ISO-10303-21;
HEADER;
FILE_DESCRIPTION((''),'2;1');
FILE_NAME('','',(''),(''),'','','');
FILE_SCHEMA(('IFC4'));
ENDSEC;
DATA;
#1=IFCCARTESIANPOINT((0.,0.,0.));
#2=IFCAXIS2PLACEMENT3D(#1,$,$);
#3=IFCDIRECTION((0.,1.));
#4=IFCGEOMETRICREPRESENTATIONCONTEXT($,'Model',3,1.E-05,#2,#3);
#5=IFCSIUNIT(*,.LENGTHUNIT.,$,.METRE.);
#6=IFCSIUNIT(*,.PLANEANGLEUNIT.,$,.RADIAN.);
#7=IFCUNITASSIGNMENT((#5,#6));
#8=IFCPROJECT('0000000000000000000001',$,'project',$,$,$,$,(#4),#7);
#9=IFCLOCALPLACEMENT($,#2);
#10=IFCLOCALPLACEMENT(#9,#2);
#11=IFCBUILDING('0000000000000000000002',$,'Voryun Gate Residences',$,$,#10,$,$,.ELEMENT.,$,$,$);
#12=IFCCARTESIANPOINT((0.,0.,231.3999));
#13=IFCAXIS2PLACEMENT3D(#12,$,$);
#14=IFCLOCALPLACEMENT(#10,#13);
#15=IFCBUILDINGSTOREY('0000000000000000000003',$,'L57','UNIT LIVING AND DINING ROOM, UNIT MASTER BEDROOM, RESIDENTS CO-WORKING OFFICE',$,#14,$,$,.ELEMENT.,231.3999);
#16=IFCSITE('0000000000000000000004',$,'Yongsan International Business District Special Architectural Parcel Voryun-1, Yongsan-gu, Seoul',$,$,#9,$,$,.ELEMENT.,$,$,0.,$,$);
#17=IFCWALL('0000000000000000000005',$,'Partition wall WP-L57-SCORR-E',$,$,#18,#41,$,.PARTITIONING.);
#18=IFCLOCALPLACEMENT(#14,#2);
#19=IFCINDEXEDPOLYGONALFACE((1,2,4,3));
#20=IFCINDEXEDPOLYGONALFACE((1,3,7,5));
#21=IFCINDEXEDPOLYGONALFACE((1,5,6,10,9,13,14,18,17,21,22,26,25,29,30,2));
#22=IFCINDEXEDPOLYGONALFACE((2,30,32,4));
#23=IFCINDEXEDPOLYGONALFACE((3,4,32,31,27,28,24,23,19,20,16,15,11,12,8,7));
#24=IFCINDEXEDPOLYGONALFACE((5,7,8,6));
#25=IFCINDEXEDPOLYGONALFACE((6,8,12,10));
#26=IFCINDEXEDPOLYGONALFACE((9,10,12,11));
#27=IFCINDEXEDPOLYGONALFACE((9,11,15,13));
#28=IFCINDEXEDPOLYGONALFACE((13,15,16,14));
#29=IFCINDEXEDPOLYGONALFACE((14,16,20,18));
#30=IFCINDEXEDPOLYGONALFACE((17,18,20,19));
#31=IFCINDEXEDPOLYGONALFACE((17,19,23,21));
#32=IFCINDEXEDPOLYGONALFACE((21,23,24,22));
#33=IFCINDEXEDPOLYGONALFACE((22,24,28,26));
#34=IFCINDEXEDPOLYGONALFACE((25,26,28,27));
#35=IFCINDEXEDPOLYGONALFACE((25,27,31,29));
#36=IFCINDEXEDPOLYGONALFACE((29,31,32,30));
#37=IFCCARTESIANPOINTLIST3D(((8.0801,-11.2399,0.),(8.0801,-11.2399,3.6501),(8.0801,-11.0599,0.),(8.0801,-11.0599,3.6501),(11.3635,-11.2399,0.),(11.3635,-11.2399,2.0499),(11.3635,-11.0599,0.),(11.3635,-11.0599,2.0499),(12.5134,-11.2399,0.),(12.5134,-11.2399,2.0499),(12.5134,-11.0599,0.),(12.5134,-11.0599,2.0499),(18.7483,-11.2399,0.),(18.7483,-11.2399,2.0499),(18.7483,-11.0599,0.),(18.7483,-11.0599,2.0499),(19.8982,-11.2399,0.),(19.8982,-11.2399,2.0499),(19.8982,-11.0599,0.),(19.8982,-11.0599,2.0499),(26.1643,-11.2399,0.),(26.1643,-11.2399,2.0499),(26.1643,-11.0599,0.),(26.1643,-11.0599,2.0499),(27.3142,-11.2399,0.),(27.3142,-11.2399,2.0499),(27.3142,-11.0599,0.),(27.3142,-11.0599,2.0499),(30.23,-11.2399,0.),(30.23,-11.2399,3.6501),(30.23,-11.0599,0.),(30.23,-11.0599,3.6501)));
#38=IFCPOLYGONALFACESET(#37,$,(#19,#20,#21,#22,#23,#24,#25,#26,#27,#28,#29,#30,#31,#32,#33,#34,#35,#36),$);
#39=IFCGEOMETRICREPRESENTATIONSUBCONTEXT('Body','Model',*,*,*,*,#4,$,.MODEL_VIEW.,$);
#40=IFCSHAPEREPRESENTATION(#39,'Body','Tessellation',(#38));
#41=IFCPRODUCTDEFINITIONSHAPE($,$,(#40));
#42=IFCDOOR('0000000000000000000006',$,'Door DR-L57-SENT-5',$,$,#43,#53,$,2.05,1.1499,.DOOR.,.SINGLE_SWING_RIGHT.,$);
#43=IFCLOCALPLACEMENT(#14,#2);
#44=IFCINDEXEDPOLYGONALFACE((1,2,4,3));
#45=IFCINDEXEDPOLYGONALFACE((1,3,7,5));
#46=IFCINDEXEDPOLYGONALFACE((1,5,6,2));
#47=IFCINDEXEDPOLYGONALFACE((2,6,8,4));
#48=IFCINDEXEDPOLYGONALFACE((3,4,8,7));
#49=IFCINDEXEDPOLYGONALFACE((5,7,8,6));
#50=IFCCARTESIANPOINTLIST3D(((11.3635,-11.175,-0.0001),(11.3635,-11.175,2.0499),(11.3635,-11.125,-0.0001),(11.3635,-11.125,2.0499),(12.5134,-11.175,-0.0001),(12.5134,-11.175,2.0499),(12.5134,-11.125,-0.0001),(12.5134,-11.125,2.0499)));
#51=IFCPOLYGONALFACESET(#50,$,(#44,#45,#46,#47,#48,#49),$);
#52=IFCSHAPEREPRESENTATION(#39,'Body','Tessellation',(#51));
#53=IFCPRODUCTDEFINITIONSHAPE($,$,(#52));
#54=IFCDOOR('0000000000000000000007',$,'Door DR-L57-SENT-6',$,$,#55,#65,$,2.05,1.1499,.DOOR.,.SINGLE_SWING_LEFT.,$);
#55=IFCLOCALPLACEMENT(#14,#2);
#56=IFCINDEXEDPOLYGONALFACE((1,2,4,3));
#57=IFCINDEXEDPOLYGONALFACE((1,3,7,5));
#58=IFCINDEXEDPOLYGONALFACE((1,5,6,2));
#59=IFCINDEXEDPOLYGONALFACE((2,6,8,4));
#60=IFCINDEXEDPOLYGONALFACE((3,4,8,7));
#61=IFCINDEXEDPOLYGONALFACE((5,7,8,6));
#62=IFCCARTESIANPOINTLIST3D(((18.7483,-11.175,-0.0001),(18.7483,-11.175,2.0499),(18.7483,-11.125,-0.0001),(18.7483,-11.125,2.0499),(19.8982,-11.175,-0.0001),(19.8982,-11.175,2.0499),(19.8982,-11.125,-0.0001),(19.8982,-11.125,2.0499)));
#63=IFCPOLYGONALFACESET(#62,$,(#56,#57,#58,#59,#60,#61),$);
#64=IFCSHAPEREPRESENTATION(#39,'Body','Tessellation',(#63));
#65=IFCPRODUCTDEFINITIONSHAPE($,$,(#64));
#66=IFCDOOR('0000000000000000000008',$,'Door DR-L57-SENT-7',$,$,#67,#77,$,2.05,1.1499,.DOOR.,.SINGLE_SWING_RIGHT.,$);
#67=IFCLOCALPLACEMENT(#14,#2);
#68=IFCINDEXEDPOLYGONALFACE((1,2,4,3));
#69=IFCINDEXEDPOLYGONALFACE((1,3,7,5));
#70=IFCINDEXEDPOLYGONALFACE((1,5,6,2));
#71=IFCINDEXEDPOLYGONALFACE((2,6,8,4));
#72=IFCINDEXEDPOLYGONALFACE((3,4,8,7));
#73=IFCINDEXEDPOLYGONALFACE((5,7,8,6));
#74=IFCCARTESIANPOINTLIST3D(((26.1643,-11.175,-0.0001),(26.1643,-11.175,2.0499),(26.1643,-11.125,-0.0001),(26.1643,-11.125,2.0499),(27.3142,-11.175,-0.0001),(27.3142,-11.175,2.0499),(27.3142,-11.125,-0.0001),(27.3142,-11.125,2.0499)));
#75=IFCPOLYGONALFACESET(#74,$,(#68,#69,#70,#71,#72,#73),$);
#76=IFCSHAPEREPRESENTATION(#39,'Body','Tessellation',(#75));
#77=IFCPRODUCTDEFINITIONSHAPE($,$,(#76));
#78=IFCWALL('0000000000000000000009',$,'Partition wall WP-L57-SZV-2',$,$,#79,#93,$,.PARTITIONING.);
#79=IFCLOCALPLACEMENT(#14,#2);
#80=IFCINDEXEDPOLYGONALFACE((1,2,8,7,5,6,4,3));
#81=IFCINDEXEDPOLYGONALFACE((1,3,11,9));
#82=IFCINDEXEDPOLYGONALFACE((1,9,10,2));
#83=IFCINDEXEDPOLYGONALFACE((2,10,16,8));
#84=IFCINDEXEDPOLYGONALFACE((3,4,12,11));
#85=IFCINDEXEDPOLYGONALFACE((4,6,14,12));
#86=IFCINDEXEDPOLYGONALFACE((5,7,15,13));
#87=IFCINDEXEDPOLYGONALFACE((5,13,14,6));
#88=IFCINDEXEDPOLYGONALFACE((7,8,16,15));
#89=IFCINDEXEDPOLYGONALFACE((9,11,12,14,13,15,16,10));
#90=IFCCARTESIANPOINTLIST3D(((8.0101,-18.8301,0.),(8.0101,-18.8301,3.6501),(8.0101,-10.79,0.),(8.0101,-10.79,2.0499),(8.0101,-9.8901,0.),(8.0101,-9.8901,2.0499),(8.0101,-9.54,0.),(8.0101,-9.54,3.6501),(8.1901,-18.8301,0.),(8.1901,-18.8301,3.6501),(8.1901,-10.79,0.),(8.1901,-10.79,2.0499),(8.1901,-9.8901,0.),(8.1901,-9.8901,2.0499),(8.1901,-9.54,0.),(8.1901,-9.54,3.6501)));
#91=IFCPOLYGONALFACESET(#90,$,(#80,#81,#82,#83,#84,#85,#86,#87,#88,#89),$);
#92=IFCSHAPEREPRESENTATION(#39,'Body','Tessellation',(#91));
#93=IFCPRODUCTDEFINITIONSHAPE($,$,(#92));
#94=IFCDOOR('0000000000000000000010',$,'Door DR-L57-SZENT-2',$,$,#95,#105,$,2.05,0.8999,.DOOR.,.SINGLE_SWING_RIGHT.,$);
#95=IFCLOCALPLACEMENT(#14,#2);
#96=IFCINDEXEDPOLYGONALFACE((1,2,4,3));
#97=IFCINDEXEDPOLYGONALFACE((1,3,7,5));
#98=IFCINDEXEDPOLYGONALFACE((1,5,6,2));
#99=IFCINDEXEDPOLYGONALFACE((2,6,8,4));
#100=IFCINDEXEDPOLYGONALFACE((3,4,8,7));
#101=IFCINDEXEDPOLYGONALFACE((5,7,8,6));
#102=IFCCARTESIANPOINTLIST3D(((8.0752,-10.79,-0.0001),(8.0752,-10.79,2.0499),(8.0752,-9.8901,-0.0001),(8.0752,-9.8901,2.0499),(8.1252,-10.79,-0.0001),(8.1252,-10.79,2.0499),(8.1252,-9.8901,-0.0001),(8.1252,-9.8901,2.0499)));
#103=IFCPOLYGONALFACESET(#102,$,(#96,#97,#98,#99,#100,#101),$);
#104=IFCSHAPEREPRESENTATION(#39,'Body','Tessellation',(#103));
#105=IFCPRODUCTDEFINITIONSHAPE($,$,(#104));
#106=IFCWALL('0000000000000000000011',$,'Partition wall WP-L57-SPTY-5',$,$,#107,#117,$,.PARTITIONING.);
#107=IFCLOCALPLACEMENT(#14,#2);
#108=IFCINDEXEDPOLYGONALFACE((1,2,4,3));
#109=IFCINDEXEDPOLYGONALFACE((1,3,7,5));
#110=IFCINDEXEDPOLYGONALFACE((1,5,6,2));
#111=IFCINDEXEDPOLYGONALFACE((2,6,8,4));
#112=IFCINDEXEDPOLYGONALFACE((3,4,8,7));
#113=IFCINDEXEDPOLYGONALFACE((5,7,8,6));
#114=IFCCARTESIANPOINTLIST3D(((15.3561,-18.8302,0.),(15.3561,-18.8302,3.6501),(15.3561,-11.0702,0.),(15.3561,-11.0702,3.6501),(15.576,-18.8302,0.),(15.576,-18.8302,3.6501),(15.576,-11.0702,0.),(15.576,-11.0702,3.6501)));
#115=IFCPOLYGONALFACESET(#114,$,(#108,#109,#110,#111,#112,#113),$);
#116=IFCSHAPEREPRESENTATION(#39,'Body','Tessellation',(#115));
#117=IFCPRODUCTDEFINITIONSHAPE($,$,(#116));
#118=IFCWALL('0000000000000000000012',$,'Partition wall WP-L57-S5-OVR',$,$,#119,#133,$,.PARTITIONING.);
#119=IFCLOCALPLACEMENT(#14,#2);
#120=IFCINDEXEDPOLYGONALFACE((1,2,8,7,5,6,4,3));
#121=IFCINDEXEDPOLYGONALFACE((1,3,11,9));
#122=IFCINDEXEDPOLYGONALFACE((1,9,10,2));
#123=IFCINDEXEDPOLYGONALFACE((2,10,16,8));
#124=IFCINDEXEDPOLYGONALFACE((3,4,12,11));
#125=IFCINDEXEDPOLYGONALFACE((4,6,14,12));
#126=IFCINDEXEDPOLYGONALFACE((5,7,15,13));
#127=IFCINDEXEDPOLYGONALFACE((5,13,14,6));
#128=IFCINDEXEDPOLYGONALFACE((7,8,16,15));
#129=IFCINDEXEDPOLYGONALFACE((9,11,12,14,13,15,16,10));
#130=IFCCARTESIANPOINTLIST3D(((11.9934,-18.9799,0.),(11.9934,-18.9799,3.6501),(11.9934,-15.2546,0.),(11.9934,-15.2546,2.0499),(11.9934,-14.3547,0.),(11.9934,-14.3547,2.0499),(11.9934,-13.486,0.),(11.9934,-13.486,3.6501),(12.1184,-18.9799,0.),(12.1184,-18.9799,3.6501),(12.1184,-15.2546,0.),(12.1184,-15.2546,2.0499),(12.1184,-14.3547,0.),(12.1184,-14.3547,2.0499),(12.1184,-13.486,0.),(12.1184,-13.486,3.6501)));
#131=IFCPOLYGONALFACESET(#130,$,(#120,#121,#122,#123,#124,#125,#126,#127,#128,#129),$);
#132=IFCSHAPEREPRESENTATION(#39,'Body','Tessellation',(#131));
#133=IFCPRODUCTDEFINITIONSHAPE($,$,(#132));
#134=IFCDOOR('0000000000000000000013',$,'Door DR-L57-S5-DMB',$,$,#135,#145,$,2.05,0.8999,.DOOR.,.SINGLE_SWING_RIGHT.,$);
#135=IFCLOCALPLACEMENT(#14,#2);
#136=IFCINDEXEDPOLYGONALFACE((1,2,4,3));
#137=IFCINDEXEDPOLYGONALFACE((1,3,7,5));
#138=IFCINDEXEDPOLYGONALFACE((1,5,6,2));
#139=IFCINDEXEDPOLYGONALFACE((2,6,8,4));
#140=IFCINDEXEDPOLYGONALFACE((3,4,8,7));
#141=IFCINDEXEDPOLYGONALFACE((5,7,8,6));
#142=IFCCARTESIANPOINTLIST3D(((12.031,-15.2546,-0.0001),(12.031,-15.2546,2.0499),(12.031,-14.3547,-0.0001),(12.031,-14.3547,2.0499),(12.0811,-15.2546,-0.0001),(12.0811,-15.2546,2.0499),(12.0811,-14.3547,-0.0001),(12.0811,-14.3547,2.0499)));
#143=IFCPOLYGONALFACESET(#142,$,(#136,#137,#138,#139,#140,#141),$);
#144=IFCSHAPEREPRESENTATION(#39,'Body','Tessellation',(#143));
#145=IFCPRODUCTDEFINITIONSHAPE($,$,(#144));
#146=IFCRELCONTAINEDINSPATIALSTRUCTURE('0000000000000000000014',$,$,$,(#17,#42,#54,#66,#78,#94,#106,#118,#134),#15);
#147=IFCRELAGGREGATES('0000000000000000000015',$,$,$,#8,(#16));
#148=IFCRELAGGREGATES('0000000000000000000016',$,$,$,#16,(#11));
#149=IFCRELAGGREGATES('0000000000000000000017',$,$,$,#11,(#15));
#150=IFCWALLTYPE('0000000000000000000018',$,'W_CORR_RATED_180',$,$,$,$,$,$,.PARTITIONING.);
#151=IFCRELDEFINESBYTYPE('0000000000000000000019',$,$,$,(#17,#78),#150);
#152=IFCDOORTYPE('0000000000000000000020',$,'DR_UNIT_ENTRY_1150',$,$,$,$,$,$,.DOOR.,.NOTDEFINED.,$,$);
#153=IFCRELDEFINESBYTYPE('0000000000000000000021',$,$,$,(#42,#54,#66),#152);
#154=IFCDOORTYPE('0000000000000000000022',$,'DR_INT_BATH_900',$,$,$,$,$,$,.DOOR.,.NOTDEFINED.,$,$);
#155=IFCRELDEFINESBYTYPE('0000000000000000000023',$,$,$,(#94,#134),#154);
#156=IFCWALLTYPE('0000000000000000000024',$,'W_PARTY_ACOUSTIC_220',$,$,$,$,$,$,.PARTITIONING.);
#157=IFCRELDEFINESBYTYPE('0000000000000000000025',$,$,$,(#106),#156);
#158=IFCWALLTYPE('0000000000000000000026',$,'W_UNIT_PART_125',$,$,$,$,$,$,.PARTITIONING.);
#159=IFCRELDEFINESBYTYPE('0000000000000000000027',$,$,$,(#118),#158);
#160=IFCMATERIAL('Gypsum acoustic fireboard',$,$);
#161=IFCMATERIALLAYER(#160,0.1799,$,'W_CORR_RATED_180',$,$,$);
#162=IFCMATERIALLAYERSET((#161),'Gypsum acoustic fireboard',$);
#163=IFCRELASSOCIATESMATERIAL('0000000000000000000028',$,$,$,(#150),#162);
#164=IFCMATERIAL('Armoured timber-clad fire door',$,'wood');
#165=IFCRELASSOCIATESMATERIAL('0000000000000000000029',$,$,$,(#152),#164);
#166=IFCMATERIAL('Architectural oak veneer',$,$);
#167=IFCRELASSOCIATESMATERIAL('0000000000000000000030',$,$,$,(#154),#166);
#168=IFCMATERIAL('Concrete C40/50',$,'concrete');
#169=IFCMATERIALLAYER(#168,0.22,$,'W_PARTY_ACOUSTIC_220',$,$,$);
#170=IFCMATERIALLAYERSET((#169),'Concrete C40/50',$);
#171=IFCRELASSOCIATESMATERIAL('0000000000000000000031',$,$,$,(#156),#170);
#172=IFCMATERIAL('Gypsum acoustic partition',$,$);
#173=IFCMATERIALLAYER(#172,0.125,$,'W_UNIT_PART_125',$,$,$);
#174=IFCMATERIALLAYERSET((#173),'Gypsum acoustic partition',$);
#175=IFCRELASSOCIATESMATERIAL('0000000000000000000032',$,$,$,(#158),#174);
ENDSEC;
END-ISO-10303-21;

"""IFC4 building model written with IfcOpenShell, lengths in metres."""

from ifc_helpers import new_model, si_unit, direction, frame, frame_2d, origin, place, context, subcontext, project, spatial, rectangle, extrude, material, layer, layer_set, type_object, element, fill, save


model = new_model("IFC4")

# Units and contexts
model_context = context("Model", 3, precision=1e-05, world=origin(), true_north=direction((0.0, 1.0)))
body_context = subcontext(model_context, "Body", "Model", "MODEL_VIEW")
ifc_project = project(units=[si_unit("LENGTHUNIT", "METRE"), si_unit("PLANEANGLEUNIT", "RADIAN")], contexts=[model_context])

# Site, building, storey
site_placement = place(None, origin())
site = spatial("IfcSite", under=ifc_project, at=site_placement, Name="Yongsan International Business District Special Architectural Parcel Voryun-1, Yongsan-gu, Seoul", CompositionType="ELEMENT", RefElevation=0.0)
building_placement = place(site_placement, origin())
building = spatial("IfcBuilding", under=site, at=building_placement, Name="Voryun Gate Residences", CompositionType="ELEMENT")
storey_placement = place(building_placement, frame((0.0, 0.0, 231.3999)))
storey = spatial("IfcBuildingStorey", under=building, at=storey_placement, Name="L57", Description="UNIT LIVING AND DINING ROOM, UNIT MASTER BEDROOM, RESIDENTS CO-WORKING OFFICE", CompositionType="ELEMENT", Elevation=231.3999)

# Shared definitions
ifc_material_1 = material(Name="Gypsum acoustic fireboard")
ifc_layer_1 = layer(ifc_material_1, 0.1799, Name="W_CORR_RATED_180")
ifc_layer_set_1 = layer_set([ifc_layer_1], Name="Gypsum acoustic fireboard")
wall_type_1 = type_object("IfcWallType", Name="W_CORR_RATED_180", PredefinedType="PARTITIONING", material=ifc_layer_set_1)

# Wall, openings, doors
wall_1_placement = place(storey_placement, frame((8.0801, -11.1499, 0.0), z_axis=(0.0, 0.0, 1.0), x_axis=(1.0, 0.0, 0.0)))
wall_1 = element("IfcWall", 1, at=wall_1_placement, inside=storey, type_object=wall_type_1, Name="Partition wall WP-L57-SCORR-E", PredefinedType="PARTITIONING", context=body_context, shape_type="SweptSolid", body=[
    extrude(rectangle(XDim=22.1499, YDim=0.1799, at=frame_2d((11.075, 0.0))), origin(), (0.0, 0.0, 1.0), 3.6501),
])
opening_1_placement = place(wall_1_placement, frame((3.2834, 0.0, 0.0)))
opening_1 = element("IfcOpeningElement", 2, at=opening_1_placement, cuts=wall_1, PredefinedType="OPENING", context=body_context, shape_type="SweptSolid", body=[
    extrude(rectangle(XDim=1.1499, YDim=2.05, at=frame_2d((0.575, 1.0249))), frame((0.0, 0.0999, 0.0), z_axis=(0.0, -1.0, 0.0), x_axis=(1.0, 0.0, 0.0)), (0.0, 0.0, 1.0), 0.2),
])
opening_2_placement = place(wall_1_placement, frame((10.6682, 0.0, 0.0)))
opening_2 = element("IfcOpeningElement", 3, at=opening_2_placement, cuts=wall_1, PredefinedType="OPENING", context=body_context, shape_type="SweptSolid", body=[
    extrude(rectangle(XDim=1.1499, YDim=2.05, at=frame_2d((0.575, 1.0249))), frame((0.0, 0.0999, 0.0), z_axis=(0.0, -1.0, 0.0), x_axis=(1.0, 0.0, 0.0)), (0.0, 0.0, 1.0), 0.2),
])
opening_3_placement = place(wall_1_placement, frame((18.0842, 0.0, 0.0)))
opening_3 = element("IfcOpeningElement", 4, at=opening_3_placement, cuts=wall_1, PredefinedType="OPENING", context=body_context, shape_type="SweptSolid", body=[
    extrude(rectangle(XDim=1.1499, YDim=2.05, at=frame_2d((0.575, 1.0249))), frame((0.0, 0.0999, 0.0), z_axis=(0.0, -1.0, 0.0), x_axis=(1.0, 0.0, 0.0)), (0.0, 0.0, 1.0), 0.2),
])
ifc_material_2 = material(Name="Armoured timber-clad fire door", Category="wood")
door_type_1 = type_object("IfcDoorType", Name="DR_UNIT_ENTRY_1150", OperationType="NOTDEFINED", PredefinedType="DOOR", material=ifc_material_2)
door_1_placement = place(opening_1_placement, origin())
door_1 = element("IfcDoor", 5, at=door_1_placement, inside=storey, type_object=door_type_1, Name="Door DR-L57-SENT-5", OperationType="SINGLE_SWING_RIGHT", OverallHeight=2.05, OverallWidth=1.1499, PredefinedType="DOOR", context=body_context, shape_type="SweptSolid", body=[
    extrude(rectangle(XDim=1.1499, YDim=2.05, at=frame_2d((0.575, 1.0249))), frame((0.0, 0.0249, 0.0), z_axis=(0.0, -1.0, 0.0), x_axis=(1.0, 0.0, 0.0)), (0.0, 0.0, 1.0), 0.05),
])
fill(opening_1, door_1)
door_2_placement = place(opening_2_placement, origin())
door_2 = element("IfcDoor", 6, at=door_2_placement, inside=storey, type_object=door_type_1, Name="Door DR-L57-SENT-6", OperationType="SINGLE_SWING_LEFT", OverallHeight=2.05, OverallWidth=1.1499, PredefinedType="DOOR", context=body_context, shape_type="SweptSolid", body=[
    extrude(rectangle(XDim=1.1499, YDim=2.05, at=frame_2d((0.575, 1.0249))), frame((0.0, 0.0249, 0.0), z_axis=(0.0, -1.0, 0.0), x_axis=(1.0, 0.0, 0.0)), (0.0, 0.0, 1.0), 0.05),
])
fill(opening_2, door_2)
door_3_placement = place(opening_3_placement, origin())
door_3 = element("IfcDoor", 7, at=door_3_placement, inside=storey, type_object=door_type_1, Name="Door DR-L57-SENT-7", OperationType="SINGLE_SWING_RIGHT", OverallHeight=2.05, OverallWidth=1.1499, PredefinedType="DOOR", context=body_context, shape_type="SweptSolid", body=[
    extrude(rectangle(XDim=1.1499, YDim=2.05, at=frame_2d((0.575, 1.0249))), frame((0.0, 0.0249, 0.0), z_axis=(0.0, -1.0, 0.0), x_axis=(1.0, 0.0, 0.0)), (0.0, 0.0, 1.0), 0.05),
])
fill(opening_3, door_3)

# Wall, opening, door
wall_2_placement = place(storey_placement, frame((8.1001, -18.8301, 0.0), z_axis=(0.0, 0.0, 1.0), x_axis=(0.0, 1.0, 0.0)))
wall_2 = element("IfcWall", 8, at=wall_2_placement, inside=storey, type_object=wall_type_1, Name="Partition wall WP-L57-SZV-2", PredefinedType="PARTITIONING", context=body_context, shape_type="SweptSolid", body=[
    extrude(rectangle(XDim=9.29, YDim=0.1799, at=frame_2d((4.645, 0.0))), origin(), (0.0, 0.0, 1.0), 3.6501),
])
opening_4_placement = place(wall_2_placement, frame((8.04, 0.0, 0.0)))
opening_4 = element("IfcOpeningElement", 9, at=opening_4_placement, cuts=wall_2, PredefinedType="OPENING", context=body_context, shape_type="SweptSolid", body=[
    extrude(rectangle(XDim=0.8999, YDim=2.05, at=frame_2d((0.45, 1.0249))), frame((0.0, 0.0999, 0.0), z_axis=(0.0, -1.0, 0.0), x_axis=(1.0, 0.0, 0.0)), (0.0, 0.0, 1.0), 0.2),
])
ifc_material_3 = material(Name="Architectural oak veneer")
door_type_2 = type_object("IfcDoorType", Name="DR_INT_BATH_900", OperationType="NOTDEFINED", PredefinedType="DOOR", material=ifc_material_3)
door_4_placement = place(opening_4_placement, origin())
door_4 = element("IfcDoor", 10, at=door_4_placement, inside=storey, type_object=door_type_2, Name="Door DR-L57-SZENT-2", OperationType="SINGLE_SWING_RIGHT", OverallHeight=2.05, OverallWidth=0.8999, PredefinedType="DOOR", context=body_context, shape_type="SweptSolid", body=[
    extrude(rectangle(XDim=0.8999, YDim=2.05, at=frame_2d((0.45, 1.0249))), frame((0.0, 0.0249, 0.0), z_axis=(0.0, -1.0, 0.0), x_axis=(1.0, 0.0, 0.0)), (0.0, 0.0, 1.0), 0.05),
])
fill(opening_4, door_4)

# Wall
ifc_material_4 = material(Name="Concrete C40/50", Category="concrete")
ifc_layer_2 = layer(ifc_material_4, 0.22, Name="W_PARTY_ACOUSTIC_220")
ifc_layer_set_2 = layer_set([ifc_layer_2], Name="Concrete C40/50")
wall_type_2 = type_object("IfcWallType", Name="W_PARTY_ACOUSTIC_220", PredefinedType="PARTITIONING", material=ifc_layer_set_2)
wall_3_placement = place(storey_placement, frame((15.4661, -18.8301, 0.0), z_axis=(0.0, 0.0, 1.0), x_axis=(0.0, 1.0, 0.0)))
element("IfcWall", 11, at=wall_3_placement, inside=storey, type_object=wall_type_2, Name="Partition wall WP-L57-SPTY-5", PredefinedType="PARTITIONING", context=body_context, shape_type="SweptSolid", body=[
    extrude(rectangle(XDim=7.76, YDim=0.22, at=frame_2d((3.8799, 0.0))), origin(), (0.0, 0.0, 1.0), 3.6501),
])

# Wall, opening, door
ifc_material_5 = material(Name="Gypsum acoustic partition")
ifc_layer_3 = layer(ifc_material_5, 0.125, Name="W_UNIT_PART_125")
ifc_layer_set_3 = layer_set([ifc_layer_3], Name="Gypsum acoustic partition")
wall_type_3 = type_object("IfcWallType", Name="W_UNIT_PART_125", PredefinedType="PARTITIONING", material=ifc_layer_set_3)
wall_4_placement = place(storey_placement, frame((12.0559, -18.98, 0.0), z_axis=(0.0, 0.0, 1.0), x_axis=(0.0, 1.0, 0.0)))
wall_4 = element("IfcWall", 12, at=wall_4_placement, inside=storey, type_object=wall_type_3, Name="Partition wall WP-L57-S5-OVR", PredefinedType="PARTITIONING", context=body_context, shape_type="SweptSolid", body=[
    extrude(rectangle(XDim=5.4939, YDim=0.125, at=frame_2d((2.7471, 0.0))), origin(), (0.0, 0.0, 1.0), 3.6501),
])
opening_5_placement = place(wall_4_placement, frame((3.7253, 0.0, 0.0)))
opening_5 = element("IfcOpeningElement", 13, at=opening_5_placement, cuts=wall_4, PredefinedType="OPENING", context=body_context, shape_type="SweptSolid", body=[
    extrude(rectangle(XDim=0.8999, YDim=2.05, at=frame_2d((0.45, 1.0249))), frame((0.0, 0.0725, 0.0), z_axis=(0.0, -1.0, 0.0), x_axis=(1.0, 0.0, 0.0)), (0.0, 0.0, 1.0), 0.145),
])
door_5_placement = place(opening_5_placement, origin())
door_5 = element("IfcDoor", 14, at=door_5_placement, inside=storey, type_object=door_type_2, Name="Door DR-L57-S5-DMB", OperationType="SINGLE_SWING_RIGHT", OverallHeight=2.05, OverallWidth=0.8999, PredefinedType="DOOR", context=body_context, shape_type="SweptSolid", body=[
    extrude(rectangle(XDim=0.8999, YDim=2.05, at=frame_2d((0.45, 1.0249))), frame((0.0, 0.0249, 0.0), z_axis=(0.0, -1.0, 0.0), x_axis=(1.0, 0.0, 0.0)), (0.0, 0.0, 1.0), 0.05),
])
fill(opening_5, door_5)

save(model, "model.ifc")
